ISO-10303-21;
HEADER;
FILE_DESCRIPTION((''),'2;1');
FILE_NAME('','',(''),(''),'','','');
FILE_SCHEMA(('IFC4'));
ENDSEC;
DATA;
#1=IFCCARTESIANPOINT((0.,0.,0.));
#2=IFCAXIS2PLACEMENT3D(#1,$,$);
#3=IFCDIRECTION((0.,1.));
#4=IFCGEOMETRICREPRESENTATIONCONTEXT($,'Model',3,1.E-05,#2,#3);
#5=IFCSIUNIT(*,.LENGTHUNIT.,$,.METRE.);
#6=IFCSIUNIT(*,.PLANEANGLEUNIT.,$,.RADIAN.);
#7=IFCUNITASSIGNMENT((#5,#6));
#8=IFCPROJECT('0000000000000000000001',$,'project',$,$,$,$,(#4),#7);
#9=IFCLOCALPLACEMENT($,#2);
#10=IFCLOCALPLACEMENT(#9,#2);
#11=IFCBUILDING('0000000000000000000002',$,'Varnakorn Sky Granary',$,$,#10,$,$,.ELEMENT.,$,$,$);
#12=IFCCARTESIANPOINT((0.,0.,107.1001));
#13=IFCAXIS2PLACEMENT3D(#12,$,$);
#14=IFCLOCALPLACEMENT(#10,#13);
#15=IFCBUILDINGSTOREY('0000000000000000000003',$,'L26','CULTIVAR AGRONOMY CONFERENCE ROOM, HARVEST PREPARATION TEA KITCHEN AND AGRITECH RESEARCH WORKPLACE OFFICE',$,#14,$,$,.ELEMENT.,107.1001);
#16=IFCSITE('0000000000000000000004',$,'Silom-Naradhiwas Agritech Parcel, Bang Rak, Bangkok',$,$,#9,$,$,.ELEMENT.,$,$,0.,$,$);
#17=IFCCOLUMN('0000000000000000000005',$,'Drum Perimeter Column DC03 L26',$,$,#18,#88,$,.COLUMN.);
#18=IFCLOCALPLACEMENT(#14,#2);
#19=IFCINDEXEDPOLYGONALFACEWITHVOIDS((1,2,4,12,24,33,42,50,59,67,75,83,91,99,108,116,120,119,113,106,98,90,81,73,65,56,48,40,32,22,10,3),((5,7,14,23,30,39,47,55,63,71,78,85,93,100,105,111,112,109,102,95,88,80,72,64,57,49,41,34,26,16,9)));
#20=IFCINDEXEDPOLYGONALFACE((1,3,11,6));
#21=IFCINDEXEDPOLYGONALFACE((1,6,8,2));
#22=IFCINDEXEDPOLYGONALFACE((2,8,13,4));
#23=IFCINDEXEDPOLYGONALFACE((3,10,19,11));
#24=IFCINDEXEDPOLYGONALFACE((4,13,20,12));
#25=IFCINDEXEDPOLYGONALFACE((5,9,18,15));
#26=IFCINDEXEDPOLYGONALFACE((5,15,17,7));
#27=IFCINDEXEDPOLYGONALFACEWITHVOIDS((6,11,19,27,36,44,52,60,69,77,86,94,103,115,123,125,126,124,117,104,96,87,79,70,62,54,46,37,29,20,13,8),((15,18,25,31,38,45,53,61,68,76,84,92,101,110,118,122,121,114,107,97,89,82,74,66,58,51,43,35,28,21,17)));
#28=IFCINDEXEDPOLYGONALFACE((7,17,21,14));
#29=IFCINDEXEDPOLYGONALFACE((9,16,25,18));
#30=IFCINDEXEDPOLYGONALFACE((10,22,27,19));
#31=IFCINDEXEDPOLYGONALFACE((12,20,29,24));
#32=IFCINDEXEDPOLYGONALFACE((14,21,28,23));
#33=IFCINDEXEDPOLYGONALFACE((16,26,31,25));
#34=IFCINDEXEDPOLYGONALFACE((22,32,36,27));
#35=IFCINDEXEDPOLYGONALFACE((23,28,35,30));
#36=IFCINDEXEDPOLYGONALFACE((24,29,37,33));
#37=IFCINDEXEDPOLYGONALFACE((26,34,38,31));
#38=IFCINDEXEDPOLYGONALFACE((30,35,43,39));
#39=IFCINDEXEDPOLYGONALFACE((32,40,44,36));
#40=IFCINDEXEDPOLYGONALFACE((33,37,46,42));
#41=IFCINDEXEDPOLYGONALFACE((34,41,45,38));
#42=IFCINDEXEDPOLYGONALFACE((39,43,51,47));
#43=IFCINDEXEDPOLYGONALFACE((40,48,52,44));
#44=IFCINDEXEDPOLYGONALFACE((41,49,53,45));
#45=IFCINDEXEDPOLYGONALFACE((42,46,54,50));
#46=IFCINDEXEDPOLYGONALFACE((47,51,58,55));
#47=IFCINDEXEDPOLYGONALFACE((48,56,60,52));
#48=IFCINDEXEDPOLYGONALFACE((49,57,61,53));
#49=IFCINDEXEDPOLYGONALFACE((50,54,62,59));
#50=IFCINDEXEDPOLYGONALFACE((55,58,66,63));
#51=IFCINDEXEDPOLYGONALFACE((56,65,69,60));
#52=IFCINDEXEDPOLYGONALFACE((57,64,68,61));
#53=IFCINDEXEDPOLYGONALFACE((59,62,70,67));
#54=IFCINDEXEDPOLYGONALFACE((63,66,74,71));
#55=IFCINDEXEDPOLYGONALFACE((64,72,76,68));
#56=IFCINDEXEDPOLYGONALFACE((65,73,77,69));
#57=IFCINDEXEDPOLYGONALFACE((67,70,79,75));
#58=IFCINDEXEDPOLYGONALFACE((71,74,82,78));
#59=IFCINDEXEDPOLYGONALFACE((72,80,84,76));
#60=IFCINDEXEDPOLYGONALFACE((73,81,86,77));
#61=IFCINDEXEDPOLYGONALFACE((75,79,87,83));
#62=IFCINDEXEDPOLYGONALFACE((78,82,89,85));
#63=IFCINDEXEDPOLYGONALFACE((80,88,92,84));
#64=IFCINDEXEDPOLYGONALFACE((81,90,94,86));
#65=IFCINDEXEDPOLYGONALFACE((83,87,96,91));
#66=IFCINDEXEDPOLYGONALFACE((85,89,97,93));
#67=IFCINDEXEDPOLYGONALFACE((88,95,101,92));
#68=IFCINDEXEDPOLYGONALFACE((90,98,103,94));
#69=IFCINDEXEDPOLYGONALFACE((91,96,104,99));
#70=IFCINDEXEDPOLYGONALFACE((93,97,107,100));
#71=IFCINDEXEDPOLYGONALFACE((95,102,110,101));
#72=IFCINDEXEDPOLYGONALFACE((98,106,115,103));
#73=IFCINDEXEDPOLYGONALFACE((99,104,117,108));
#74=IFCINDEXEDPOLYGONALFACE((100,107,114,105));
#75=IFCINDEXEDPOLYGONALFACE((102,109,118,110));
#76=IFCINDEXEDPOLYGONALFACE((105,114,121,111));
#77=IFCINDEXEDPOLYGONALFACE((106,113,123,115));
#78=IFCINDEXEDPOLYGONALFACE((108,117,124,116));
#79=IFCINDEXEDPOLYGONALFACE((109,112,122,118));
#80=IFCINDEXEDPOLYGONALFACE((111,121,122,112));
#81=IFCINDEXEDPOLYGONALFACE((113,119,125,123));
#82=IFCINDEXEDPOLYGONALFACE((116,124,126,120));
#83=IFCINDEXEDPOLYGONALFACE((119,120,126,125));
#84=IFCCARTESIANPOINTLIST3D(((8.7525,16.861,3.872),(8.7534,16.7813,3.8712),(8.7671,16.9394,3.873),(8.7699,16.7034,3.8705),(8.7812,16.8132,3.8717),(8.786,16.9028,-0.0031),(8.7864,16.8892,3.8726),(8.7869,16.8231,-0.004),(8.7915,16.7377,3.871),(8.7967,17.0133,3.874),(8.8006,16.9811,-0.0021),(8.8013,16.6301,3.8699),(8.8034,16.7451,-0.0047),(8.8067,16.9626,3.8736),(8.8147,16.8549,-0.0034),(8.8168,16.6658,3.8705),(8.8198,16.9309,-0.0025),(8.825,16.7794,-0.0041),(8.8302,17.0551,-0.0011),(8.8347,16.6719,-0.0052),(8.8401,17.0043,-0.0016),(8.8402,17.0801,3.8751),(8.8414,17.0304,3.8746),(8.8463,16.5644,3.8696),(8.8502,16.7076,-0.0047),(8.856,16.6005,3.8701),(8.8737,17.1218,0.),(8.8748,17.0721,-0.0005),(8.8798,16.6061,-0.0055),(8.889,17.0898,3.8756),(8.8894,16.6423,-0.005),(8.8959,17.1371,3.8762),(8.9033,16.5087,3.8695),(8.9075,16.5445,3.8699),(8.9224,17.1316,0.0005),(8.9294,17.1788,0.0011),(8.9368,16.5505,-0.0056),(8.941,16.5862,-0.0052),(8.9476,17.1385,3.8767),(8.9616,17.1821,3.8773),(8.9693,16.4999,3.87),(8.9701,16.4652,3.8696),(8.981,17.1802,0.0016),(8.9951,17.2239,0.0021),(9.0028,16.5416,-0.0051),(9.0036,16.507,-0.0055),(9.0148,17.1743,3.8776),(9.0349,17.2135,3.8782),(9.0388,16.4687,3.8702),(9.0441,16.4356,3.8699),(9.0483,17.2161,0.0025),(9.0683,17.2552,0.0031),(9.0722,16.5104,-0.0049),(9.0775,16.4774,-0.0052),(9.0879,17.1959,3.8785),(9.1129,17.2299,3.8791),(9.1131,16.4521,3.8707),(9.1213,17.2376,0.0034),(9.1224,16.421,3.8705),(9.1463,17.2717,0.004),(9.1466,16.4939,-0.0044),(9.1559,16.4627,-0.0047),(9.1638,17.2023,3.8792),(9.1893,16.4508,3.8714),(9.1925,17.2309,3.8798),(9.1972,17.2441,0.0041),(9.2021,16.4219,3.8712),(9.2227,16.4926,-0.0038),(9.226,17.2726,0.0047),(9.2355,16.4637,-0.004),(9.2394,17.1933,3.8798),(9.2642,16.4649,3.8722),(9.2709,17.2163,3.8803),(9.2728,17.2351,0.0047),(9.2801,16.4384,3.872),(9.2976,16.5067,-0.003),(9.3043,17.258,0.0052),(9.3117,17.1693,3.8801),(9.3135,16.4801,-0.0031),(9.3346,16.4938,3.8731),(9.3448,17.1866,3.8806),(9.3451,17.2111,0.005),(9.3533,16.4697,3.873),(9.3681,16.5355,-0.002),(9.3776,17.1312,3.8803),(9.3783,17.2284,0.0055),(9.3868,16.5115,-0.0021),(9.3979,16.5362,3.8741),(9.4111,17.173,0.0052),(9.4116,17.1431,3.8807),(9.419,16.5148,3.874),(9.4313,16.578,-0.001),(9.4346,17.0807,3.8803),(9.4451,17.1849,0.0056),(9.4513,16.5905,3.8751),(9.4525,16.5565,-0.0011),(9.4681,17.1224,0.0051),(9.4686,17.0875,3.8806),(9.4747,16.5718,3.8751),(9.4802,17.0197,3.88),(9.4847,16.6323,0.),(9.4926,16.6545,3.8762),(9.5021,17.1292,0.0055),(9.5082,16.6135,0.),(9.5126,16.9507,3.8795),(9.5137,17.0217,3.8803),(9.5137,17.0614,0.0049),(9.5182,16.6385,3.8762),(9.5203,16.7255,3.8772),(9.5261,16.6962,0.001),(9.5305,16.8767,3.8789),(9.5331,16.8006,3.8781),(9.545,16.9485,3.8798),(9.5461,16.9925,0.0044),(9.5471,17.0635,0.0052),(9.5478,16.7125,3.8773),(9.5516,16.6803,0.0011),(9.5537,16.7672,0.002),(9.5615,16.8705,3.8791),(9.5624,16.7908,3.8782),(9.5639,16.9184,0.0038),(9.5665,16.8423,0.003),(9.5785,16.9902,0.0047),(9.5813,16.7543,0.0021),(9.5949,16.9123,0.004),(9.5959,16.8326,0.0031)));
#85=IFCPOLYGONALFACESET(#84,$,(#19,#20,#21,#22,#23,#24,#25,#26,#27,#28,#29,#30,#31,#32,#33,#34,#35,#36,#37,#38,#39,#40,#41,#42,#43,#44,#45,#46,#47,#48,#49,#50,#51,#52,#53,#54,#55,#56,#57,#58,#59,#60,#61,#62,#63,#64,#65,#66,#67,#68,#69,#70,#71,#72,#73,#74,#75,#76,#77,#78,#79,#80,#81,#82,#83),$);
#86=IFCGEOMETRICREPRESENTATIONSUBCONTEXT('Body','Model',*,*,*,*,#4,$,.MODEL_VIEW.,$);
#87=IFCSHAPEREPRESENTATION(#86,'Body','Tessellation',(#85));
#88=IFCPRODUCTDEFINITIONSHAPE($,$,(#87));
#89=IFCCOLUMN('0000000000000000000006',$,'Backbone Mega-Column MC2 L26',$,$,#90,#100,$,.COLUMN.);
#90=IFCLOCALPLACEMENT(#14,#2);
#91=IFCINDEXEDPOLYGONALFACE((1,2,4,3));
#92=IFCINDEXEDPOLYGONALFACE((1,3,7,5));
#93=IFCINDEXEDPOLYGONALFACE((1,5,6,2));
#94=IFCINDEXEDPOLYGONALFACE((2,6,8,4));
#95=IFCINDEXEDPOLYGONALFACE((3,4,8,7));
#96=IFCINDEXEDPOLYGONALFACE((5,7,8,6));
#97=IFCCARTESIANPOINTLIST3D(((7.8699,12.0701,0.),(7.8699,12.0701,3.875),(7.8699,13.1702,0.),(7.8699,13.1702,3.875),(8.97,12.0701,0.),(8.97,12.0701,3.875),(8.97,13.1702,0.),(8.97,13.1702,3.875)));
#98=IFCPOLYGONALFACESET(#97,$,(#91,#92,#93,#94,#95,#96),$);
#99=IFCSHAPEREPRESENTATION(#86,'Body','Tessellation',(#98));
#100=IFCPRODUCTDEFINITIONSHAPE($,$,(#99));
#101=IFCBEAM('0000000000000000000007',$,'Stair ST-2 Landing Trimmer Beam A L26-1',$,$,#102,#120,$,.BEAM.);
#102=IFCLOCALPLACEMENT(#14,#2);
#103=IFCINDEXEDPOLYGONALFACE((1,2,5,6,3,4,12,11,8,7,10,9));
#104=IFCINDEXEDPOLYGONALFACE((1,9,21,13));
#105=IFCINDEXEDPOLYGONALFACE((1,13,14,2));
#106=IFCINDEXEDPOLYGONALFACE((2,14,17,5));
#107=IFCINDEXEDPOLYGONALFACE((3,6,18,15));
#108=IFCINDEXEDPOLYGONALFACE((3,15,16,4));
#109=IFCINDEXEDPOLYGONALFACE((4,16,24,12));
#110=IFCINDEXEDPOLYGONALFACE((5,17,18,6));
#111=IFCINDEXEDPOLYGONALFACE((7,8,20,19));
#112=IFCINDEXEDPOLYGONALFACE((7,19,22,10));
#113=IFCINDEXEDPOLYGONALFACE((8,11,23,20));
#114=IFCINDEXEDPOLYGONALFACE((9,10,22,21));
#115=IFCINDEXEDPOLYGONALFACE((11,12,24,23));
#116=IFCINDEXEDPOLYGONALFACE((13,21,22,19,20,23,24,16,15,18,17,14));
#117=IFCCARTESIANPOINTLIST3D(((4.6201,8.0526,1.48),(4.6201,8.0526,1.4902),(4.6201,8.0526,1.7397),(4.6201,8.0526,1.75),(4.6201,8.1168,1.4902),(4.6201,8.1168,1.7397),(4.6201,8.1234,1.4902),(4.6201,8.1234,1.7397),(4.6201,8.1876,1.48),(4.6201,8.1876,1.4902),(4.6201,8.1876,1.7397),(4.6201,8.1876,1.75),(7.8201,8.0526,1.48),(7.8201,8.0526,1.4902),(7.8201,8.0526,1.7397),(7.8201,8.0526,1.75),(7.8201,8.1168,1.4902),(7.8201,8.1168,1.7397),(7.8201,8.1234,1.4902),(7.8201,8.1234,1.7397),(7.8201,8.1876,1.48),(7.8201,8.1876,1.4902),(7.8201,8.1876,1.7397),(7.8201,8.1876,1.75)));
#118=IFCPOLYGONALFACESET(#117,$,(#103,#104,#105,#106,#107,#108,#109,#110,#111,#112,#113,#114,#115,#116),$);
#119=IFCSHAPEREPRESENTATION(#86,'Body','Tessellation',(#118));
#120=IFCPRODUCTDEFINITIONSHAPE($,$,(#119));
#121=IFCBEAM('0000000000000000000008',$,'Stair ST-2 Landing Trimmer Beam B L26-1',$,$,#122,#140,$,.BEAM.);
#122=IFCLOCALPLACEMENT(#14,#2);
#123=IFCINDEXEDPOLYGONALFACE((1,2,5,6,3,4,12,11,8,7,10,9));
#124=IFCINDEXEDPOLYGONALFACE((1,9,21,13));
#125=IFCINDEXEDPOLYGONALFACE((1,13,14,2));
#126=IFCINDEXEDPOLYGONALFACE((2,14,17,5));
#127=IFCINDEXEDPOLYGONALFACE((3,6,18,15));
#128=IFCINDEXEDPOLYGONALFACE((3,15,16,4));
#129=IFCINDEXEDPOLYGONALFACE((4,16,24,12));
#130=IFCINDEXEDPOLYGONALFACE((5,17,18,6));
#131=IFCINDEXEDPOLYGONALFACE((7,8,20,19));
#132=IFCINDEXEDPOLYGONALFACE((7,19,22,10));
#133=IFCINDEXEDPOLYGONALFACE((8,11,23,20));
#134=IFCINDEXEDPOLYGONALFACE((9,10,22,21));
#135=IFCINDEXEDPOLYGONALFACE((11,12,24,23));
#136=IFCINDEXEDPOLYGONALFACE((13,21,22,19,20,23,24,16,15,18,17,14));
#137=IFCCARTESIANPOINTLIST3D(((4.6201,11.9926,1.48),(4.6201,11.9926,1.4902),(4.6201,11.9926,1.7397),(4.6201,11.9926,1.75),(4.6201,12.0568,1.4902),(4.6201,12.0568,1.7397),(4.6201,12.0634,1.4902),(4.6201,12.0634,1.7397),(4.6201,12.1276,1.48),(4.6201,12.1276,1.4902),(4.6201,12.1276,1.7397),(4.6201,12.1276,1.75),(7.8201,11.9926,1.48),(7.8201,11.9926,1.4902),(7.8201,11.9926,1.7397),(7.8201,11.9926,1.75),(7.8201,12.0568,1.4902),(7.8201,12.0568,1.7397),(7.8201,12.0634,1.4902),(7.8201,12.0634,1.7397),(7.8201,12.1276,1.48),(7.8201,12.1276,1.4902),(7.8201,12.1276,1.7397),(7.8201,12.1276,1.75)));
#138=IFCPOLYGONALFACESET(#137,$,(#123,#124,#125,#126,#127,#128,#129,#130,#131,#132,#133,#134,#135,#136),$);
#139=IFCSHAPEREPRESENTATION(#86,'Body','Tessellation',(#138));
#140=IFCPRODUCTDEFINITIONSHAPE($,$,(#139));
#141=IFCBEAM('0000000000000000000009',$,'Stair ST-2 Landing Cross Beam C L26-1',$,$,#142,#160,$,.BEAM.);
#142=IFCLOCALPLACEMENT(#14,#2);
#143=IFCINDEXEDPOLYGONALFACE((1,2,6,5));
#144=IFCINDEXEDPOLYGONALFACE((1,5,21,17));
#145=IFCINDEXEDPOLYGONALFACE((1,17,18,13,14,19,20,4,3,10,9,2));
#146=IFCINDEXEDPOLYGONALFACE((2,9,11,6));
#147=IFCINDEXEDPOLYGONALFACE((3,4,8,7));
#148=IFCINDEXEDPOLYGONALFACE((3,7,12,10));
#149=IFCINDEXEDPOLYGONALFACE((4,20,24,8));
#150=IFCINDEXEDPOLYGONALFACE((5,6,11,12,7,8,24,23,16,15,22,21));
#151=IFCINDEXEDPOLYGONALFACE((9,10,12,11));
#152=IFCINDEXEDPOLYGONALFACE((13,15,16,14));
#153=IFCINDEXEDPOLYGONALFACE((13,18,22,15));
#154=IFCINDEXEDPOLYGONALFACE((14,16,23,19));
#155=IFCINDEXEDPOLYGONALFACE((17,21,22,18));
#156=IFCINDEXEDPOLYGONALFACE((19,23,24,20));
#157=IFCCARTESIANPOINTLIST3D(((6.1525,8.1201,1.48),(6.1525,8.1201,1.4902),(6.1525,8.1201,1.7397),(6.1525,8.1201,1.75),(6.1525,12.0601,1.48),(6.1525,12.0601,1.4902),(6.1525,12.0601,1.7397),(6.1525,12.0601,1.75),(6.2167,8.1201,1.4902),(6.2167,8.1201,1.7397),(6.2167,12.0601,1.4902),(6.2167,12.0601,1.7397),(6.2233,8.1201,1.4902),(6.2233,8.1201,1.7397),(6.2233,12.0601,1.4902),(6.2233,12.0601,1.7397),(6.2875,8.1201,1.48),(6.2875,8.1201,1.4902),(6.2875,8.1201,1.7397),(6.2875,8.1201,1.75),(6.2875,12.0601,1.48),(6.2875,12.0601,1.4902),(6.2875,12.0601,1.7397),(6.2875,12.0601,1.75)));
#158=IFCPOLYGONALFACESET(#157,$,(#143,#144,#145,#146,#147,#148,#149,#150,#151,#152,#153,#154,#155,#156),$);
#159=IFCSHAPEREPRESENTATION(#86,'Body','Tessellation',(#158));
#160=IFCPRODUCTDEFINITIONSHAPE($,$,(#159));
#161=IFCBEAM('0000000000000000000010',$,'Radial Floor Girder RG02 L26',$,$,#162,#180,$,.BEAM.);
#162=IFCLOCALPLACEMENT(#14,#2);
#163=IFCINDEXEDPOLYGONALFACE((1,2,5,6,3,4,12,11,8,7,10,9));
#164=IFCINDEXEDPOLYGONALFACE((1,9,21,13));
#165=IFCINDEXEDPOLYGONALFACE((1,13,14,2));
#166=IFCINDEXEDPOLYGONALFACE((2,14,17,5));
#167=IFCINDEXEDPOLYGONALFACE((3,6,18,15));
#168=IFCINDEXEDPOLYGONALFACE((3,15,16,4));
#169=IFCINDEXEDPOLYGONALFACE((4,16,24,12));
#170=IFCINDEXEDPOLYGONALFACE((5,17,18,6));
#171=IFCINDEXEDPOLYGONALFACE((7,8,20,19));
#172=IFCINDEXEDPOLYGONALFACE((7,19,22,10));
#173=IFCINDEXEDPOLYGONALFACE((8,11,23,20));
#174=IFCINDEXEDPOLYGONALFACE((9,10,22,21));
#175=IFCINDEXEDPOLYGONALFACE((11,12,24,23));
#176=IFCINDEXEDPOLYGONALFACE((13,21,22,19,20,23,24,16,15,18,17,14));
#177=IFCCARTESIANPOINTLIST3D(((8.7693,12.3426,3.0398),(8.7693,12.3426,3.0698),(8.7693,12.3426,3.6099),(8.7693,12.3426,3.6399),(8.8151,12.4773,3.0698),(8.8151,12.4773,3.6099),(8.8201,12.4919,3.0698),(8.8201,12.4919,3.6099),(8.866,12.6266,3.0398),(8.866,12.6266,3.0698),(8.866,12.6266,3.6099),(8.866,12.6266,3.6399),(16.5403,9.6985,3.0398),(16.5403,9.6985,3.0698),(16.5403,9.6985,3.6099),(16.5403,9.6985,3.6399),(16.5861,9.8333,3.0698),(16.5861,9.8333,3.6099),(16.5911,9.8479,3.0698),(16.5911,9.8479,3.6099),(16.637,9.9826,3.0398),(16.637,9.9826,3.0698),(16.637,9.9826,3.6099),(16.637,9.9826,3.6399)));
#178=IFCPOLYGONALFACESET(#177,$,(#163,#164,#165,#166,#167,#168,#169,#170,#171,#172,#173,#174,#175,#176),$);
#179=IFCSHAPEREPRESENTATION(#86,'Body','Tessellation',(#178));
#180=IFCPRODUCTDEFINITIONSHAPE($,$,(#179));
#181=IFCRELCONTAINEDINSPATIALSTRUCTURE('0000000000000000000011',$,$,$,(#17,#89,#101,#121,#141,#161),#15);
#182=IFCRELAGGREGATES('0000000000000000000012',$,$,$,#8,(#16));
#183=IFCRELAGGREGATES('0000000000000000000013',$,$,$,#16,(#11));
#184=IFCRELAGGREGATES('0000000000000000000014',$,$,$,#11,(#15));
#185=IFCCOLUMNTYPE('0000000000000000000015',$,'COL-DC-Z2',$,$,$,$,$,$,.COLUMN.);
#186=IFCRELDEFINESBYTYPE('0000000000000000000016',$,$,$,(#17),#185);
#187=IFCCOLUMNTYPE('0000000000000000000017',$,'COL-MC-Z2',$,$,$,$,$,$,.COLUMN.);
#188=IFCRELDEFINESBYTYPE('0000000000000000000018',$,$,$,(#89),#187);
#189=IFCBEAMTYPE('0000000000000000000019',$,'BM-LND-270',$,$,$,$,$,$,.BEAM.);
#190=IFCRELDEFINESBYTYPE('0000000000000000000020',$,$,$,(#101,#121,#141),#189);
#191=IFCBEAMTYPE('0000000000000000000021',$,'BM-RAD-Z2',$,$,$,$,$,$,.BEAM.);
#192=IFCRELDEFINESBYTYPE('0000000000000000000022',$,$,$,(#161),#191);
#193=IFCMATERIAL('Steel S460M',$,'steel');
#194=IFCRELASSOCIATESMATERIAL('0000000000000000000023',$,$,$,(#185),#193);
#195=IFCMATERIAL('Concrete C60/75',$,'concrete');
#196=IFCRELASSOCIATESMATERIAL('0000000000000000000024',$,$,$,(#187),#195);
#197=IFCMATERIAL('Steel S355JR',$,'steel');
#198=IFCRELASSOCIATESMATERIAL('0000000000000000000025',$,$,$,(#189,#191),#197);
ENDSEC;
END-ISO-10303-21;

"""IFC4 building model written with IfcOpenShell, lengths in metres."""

from ifc_helpers import new_model, si_unit, direction, frame, origin, origin_2d, place, context, subcontext, project, spatial, rectangle, hollow_circle, i_section, extrude, material, material_profile, profile_set, type_object, element, save


model = new_model("IFC4")

# Units and contexts
model_context = context("Model", 3, precision=1e-05, world=origin(), true_north=direction((0.0, 1.0)))
body_context = subcontext(model_context, "Body", "Model", "MODEL_VIEW")
ifc_project = project(units=[si_unit("LENGTHUNIT", "METRE"), si_unit("PLANEANGLEUNIT", "RADIAN")], contexts=[model_context])

# Site, building, storey
site_placement = place(None, origin())
site = spatial("IfcSite", under=ifc_project, at=site_placement, Name="Silom-Naradhiwas Agritech Parcel, Bang Rak, Bangkok", CompositionType="ELEMENT", RefElevation=0.0)
building_placement = place(site_placement, origin())
building = spatial("IfcBuilding", under=site, at=building_placement, Name="Varnakorn Sky Granary", CompositionType="ELEMENT")
storey_placement = place(building_placement, frame((0.0, 0.0, 107.1001)))
storey = spatial("IfcBuildingStorey", under=building, at=storey_placement, Name="L26", Description="CULTIVAR AGRONOMY CONFERENCE ROOM, HARVEST PREPARATION TEA KITCHEN AND AGRITECH RESEARCH WORKPLACE OFFICE", CompositionType="ELEMENT", Elevation=107.1001)

# Columns
ifc_material_1 = material(Name="Steel S460M", Category="steel")
ifc_material_profile_1 = material_profile(ifc_material_1, hollow_circle(Radius=0.4065, WallThickness=0.03, at=origin_2d()), Name="CHS 813x30")
ifc_profile_set_1 = profile_set([ifc_material_profile_1], Name="Steel S460M")
column_type_1 = type_object("IfcColumnType", Name="COL-DC-Z2", PredefinedType="COLUMN", material=ifc_profile_set_1)
column_1_placement = place(storey_placement, frame((9.1909, 16.8677, 0.0), z_axis=(-0.008631, -0.010773, 0.999905), x_axis=(0.780423, -0.625251, 0.0)))
element("IfcColumn", 1, at=column_1_placement, inside=storey, type_object=column_type_1, Name="Drum Perimeter Column DC03 L26", PredefinedType="COLUMN", context=body_context, shape_type="SweptSolid", body=[
    extrude(hollow_circle(Radius=0.4065, WallThickness=0.03, at=origin_2d()), origin(), (0.0, 0.0, 1.0), 3.8755),
])
ifc_material_2 = material(Name="Concrete C60/75", Category="concrete")
ifc_material_profile_2 = material_profile(ifc_material_2, rectangle(XDim=1.1001, YDim=1.1001, at=origin_2d()), Name="RC 1100x1100")
ifc_profile_set_2 = profile_set([ifc_material_profile_2], Name="Concrete C60/75")
column_type_2 = type_object("IfcColumnType", Name="COL-MC-Z2", PredefinedType="COLUMN", material=ifc_profile_set_2)
column_2_placement = place(storey_placement, frame((8.4199, 12.6201, 0.0), z_axis=(0.0, 0.0, 1.0), x_axis=(1.0, 0.0, 0.0)))
element("IfcColumn", 2, at=column_2_placement, inside=storey, type_object=column_type_2, Name="Backbone Mega-Column MC2 L26", PredefinedType="COLUMN", context=body_context, shape_type="SweptSolid", body=[
    extrude(rectangle(XDim=1.1001, YDim=1.1001, at=origin_2d()), origin(), (0.0, 0.0, 1.0), 3.875),
])

# Beams
ifc_material_3 = material(Name="Steel S355JR", Category="steel")
ifc_material_profile_3 = material_profile(ifc_material_3, i_section(OverallWidth=0.135, OverallDepth=0.27, WebThickness=0.0066, FlangeThickness=0.0103, at=origin_2d()), Name="IPE 270")
ifc_profile_set_3 = profile_set([ifc_material_profile_3], Name="Steel S355JR")
beam_type_1 = type_object("IfcBeamType", Name="BM-LND-270", PredefinedType="BEAM", material=ifc_profile_set_3)
for number, where, z_axis, x_axis, name in (
    (3, (4.6201, 8.1201, 1.615), (1.0, 0.0, 0.0), (0.0, 1.0, 0.0), "Stair ST-2 Landing Trimmer Beam A L26-1"),
    (4, (4.6201, 12.0601, 1.615), (1.0, 0.0, 0.0), (0.0, 1.0, 0.0), "Stair ST-2 Landing Trimmer Beam B L26-1"),
):
    element("IfcBeam", number, at=place(storey_placement, frame(where, z_axis=z_axis, x_axis=x_axis)), inside=storey, type_object=beam_type_1, Name=name, PredefinedType="BEAM", context=body_context, shape_type="SweptSolid", body=[
        extrude(i_section(OverallWidth=0.135, OverallDepth=0.27, WebThickness=0.0066, FlangeThickness=0.0103, at=origin_2d()), origin(), (0.0, 0.0, 1.0), 3.2),
    ])
beam_1_placement = place(storey_placement, frame((6.22, 8.1201, 1.615), z_axis=(0.0, 1.0, 0.0), x_axis=(-1.0, 0.0, 0.0)))
element("IfcBeam", 5, at=beam_1_placement, inside=storey, type_object=beam_type_1, Name="Stair ST-2 Landing Cross Beam C L26-1", PredefinedType="BEAM", context=body_context, shape_type="SweptSolid", body=[
    extrude(i_section(OverallWidth=0.135, OverallDepth=0.27, WebThickness=0.0066, FlangeThickness=0.0103, at=origin_2d()), origin(), (0.0, 0.0, 1.0), 3.9399),
])
ifc_material_profile_4 = material_profile(ifc_material_3, i_section(OverallWidth=0.3, OverallDepth=0.6001, WebThickness=0.0154, FlangeThickness=0.03, at=origin_2d()), Name="HE 600 B")
ifc_profile_set_4 = profile_set([ifc_material_profile_4], Name="Steel S355JR")
beam_type_2 = type_object("IfcBeamType", Name="BM-RAD-Z2", PredefinedType="BEAM", material=ifc_profile_set_4)
beam_2_placement = place(storey_placement, frame((8.8176, 12.4846, 3.3398), z_axis=(0.946702, -0.322111, 0.0), x_axis=(0.322111, 0.946702, 0.0)))
element("IfcBeam", 6, at=beam_2_placement, inside=storey, type_object=beam_type_2, Name="Radial Floor Girder RG02 L26", PredefinedType="BEAM", context=body_context, shape_type="SweptSolid", body=[
    extrude(i_section(OverallWidth=0.3, OverallDepth=0.6001, WebThickness=0.0154, FlangeThickness=0.03, at=origin_2d()), origin(), (0.0, 0.0, 1.0), 8.2085),
])

save(model, "model.ifc")
